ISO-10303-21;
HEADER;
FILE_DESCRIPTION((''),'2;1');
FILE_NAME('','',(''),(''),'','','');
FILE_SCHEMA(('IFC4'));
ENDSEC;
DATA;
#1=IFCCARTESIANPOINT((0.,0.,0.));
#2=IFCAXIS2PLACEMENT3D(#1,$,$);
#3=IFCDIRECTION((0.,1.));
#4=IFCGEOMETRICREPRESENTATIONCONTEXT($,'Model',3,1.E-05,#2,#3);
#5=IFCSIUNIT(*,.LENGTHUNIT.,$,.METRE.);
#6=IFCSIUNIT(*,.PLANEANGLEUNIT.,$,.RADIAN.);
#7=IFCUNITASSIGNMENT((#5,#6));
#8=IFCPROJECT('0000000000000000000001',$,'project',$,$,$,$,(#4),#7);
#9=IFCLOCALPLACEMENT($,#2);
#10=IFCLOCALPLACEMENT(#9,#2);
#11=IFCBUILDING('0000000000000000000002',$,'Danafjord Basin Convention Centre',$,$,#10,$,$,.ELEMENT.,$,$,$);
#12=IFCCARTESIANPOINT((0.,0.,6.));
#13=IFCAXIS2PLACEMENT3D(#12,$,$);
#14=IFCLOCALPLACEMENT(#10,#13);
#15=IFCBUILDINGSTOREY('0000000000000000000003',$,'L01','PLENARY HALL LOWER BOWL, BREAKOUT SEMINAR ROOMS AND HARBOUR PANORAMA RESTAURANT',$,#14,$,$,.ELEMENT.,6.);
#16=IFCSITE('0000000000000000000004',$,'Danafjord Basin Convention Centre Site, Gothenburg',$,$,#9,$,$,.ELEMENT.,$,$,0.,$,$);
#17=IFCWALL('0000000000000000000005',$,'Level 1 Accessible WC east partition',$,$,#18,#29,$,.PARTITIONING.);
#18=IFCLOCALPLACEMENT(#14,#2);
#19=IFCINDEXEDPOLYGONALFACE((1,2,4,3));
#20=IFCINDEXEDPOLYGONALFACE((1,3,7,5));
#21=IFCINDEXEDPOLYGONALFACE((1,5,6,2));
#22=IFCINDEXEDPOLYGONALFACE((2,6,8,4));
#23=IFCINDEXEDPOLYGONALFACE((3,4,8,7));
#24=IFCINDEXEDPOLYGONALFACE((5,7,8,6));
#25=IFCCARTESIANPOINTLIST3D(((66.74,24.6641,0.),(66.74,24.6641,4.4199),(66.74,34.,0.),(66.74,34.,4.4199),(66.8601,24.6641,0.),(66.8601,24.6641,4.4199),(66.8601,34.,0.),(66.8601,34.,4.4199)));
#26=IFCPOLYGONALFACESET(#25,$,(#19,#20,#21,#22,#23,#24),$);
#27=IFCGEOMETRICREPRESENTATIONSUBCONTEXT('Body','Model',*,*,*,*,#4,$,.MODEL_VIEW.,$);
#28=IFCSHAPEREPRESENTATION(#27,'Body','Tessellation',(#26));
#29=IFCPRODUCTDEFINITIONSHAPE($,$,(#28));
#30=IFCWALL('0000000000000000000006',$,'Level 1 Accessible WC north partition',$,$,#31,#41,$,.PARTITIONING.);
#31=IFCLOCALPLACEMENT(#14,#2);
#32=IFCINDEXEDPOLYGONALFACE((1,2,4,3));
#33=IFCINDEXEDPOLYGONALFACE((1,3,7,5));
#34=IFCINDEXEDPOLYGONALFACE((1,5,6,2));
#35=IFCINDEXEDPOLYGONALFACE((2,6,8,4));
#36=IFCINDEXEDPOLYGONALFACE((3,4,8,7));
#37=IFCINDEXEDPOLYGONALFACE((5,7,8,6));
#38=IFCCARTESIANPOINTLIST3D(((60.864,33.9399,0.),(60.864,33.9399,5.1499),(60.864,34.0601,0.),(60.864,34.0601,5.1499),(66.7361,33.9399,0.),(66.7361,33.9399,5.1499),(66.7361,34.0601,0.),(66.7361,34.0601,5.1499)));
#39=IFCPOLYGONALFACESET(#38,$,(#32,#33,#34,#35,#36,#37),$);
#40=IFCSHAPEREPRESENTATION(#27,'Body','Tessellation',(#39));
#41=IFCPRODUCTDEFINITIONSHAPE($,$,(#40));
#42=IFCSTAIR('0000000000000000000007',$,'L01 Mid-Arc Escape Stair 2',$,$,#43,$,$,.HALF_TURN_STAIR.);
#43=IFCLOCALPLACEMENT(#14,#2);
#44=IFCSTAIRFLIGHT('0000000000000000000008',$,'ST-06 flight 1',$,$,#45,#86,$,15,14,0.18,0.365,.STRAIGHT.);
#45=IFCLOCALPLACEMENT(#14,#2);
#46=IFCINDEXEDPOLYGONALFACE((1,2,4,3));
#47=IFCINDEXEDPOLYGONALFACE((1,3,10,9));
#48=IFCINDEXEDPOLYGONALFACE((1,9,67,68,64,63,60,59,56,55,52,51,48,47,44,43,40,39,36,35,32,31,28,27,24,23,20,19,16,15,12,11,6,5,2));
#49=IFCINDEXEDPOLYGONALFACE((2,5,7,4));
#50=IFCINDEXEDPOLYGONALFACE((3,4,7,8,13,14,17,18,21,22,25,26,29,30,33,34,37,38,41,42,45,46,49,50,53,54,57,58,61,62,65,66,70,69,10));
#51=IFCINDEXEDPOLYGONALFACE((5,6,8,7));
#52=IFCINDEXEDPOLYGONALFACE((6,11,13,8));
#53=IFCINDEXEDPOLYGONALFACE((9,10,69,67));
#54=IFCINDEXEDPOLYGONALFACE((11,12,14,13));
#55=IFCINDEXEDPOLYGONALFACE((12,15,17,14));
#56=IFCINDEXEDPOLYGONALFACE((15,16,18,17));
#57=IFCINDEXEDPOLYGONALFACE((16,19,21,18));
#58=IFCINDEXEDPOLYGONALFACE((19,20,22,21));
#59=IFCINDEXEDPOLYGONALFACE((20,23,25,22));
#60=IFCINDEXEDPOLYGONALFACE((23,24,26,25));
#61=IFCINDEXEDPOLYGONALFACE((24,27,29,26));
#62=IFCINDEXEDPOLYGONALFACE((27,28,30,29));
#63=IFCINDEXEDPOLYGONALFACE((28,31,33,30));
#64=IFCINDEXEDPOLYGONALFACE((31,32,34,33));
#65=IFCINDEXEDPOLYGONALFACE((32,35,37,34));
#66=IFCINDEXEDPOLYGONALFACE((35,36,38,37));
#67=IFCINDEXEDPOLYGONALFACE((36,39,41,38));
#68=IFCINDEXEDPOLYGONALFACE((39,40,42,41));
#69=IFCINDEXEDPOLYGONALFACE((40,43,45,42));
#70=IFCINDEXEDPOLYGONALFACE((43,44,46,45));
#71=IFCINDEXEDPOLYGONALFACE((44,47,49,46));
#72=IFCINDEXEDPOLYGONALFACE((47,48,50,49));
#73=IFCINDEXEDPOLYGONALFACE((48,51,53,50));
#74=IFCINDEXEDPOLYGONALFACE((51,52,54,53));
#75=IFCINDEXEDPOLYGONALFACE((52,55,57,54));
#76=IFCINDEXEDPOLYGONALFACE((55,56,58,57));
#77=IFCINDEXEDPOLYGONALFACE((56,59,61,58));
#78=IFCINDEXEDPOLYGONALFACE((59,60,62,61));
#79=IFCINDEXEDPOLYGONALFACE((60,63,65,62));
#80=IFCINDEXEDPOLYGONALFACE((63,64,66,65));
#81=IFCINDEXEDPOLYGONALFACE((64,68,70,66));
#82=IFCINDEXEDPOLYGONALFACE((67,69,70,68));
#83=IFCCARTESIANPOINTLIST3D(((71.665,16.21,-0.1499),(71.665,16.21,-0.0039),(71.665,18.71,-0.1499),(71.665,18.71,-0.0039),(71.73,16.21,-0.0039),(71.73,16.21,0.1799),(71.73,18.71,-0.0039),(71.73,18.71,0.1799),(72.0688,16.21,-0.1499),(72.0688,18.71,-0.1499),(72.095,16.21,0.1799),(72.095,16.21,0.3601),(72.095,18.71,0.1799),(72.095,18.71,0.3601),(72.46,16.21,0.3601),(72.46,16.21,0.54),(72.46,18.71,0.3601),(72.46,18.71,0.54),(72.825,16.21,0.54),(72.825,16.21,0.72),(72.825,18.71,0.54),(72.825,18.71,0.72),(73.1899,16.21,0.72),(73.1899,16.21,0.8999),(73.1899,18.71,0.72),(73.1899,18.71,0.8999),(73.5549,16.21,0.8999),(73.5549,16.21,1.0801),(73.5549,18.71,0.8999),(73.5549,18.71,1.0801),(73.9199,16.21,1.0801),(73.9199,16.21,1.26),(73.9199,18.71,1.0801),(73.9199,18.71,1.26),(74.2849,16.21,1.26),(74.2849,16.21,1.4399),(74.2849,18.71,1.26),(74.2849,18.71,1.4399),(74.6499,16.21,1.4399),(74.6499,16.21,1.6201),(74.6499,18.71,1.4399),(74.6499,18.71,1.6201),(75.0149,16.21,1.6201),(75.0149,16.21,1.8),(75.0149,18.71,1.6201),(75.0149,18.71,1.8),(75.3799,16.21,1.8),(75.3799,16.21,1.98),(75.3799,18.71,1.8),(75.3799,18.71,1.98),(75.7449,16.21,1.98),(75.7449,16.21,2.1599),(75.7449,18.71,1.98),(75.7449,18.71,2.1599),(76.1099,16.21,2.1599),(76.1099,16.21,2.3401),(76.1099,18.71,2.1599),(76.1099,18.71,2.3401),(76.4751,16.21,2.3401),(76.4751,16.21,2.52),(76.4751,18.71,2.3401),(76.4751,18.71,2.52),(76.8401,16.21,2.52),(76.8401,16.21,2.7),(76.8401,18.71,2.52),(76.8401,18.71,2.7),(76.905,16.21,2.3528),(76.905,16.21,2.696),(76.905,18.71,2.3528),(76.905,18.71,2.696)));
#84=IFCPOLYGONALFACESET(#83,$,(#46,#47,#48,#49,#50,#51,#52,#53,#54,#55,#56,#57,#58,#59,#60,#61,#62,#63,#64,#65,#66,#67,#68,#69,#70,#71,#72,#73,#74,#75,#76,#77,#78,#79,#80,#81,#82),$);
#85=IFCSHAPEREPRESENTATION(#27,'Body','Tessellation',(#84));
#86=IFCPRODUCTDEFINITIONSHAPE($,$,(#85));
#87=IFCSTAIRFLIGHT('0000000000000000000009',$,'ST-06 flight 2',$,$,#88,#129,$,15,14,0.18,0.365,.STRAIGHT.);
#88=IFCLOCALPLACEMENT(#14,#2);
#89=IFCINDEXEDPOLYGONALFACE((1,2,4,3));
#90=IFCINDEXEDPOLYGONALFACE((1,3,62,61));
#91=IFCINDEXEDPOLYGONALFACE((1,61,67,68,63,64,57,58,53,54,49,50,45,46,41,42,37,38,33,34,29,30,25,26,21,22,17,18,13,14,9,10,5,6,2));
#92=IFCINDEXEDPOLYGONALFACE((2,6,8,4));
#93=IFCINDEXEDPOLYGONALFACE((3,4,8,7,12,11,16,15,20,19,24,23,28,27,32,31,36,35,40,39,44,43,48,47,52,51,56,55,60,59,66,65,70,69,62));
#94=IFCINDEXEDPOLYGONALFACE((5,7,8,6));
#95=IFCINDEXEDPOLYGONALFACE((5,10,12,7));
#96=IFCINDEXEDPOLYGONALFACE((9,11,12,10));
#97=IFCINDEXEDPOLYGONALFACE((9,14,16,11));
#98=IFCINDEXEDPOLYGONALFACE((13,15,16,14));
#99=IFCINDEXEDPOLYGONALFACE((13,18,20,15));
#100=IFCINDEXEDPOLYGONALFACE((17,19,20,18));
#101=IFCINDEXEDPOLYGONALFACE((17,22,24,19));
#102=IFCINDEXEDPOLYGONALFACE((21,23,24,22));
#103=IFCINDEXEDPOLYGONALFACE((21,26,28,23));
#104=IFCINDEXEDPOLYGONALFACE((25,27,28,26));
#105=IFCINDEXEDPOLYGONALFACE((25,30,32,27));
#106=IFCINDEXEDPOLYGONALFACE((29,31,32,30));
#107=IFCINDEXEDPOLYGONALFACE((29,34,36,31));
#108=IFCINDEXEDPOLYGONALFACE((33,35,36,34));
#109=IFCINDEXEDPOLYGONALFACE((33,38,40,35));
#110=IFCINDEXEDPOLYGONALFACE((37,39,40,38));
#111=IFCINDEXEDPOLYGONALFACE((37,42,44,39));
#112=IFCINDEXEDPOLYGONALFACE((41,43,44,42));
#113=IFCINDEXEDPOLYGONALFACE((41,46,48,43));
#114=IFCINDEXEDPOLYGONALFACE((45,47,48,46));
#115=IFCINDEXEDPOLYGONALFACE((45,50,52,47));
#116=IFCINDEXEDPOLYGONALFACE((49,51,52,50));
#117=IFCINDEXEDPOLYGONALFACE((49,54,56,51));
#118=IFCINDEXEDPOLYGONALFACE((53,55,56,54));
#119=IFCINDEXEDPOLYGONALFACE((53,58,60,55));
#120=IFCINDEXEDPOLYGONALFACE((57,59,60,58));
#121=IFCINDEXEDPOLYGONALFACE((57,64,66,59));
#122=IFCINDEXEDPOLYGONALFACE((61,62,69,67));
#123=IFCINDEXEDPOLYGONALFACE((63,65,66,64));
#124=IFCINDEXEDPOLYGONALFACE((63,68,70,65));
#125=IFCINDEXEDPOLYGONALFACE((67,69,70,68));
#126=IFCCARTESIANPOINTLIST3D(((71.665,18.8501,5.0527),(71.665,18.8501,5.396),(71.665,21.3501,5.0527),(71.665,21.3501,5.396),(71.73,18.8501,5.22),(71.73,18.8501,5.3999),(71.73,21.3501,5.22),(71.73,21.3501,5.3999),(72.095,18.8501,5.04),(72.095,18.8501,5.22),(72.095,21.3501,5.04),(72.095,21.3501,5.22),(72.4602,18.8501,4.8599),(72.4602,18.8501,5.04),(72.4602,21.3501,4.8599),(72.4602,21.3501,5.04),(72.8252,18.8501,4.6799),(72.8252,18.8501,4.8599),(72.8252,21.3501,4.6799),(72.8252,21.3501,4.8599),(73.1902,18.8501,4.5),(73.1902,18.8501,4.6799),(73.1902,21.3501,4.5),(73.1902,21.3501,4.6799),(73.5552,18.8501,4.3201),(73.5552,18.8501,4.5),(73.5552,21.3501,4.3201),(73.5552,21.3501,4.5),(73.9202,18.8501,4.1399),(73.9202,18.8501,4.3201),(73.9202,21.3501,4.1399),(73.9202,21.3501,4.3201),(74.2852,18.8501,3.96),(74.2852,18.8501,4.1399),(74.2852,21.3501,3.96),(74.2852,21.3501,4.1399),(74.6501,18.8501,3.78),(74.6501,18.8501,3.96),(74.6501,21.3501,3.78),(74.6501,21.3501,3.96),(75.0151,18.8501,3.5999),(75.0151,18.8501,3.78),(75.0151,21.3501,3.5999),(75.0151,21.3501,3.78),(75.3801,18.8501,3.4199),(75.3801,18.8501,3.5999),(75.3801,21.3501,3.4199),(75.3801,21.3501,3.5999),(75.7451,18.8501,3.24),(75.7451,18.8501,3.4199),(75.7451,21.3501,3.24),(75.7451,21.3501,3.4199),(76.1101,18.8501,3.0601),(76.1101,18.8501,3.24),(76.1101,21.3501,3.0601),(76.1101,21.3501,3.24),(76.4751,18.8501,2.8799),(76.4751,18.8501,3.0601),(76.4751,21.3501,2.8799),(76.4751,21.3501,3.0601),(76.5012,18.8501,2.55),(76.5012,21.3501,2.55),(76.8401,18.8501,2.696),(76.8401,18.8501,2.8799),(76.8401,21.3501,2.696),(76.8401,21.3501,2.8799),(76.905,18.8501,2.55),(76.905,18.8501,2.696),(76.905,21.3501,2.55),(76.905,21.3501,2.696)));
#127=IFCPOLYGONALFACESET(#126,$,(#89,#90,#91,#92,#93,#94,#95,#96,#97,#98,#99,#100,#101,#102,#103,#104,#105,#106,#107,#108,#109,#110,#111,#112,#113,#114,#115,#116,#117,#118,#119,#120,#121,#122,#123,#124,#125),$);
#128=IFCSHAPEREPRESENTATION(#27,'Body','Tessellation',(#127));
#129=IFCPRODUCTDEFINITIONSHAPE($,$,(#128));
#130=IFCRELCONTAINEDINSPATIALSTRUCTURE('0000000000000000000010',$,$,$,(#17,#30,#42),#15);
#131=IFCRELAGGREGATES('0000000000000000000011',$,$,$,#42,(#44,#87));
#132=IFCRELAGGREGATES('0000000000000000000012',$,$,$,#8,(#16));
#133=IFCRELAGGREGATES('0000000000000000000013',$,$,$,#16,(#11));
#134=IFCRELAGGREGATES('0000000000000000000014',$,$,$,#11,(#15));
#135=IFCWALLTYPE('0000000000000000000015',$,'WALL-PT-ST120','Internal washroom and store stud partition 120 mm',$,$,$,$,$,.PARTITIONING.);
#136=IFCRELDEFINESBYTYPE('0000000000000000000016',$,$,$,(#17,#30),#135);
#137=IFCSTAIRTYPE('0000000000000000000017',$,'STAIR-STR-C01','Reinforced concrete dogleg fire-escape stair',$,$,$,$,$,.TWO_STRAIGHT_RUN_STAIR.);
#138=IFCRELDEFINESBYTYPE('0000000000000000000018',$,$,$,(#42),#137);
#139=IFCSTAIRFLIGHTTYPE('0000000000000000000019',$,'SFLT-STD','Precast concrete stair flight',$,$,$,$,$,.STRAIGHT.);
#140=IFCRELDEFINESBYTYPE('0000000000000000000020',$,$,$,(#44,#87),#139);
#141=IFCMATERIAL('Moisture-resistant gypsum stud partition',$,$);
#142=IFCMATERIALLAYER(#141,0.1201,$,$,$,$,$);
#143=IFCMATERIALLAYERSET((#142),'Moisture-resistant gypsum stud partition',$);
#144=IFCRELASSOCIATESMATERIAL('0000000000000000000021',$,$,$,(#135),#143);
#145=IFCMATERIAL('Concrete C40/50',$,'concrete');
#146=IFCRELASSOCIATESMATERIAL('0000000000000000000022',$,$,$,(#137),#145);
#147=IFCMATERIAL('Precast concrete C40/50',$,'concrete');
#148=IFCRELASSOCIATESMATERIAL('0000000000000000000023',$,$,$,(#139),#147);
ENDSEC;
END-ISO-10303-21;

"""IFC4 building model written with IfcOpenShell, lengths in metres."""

from ifc_helpers import new_model, si_unit, direction, frame, frame_2d, origin, place, context, subcontext, project, spatial, polyline, rectangle, outline, extrude, material, layer, layer_set, type_object, element, aggregate, save


model = new_model("IFC4")

# Units and contexts
model_context = context("Model", 3, precision=1e-05, world=origin(), true_north=direction((0.0, 1.0)))
body_context = subcontext(model_context, "Body", "Model", "MODEL_VIEW")
ifc_project = project(units=[si_unit("LENGTHUNIT", "METRE"), si_unit("PLANEANGLEUNIT", "RADIAN")], contexts=[model_context])

# Site, building, storey
site_placement = place(None, origin())
site = spatial("IfcSite", under=ifc_project, at=site_placement, Name="Danafjord Basin Convention Centre Site, Gothenburg", CompositionType="ELEMENT", RefElevation=0.0)
building_placement = place(site_placement, origin())
building = spatial("IfcBuilding", under=site, at=building_placement, Name="Danafjord Basin Convention Centre", CompositionType="ELEMENT")
storey_placement = place(building_placement, frame((0.0, 0.0, 6.0)))
storey = spatial("IfcBuildingStorey", under=building, at=storey_placement, Name="L01", Description="PLENARY HALL LOWER BOWL, BREAKOUT SEMINAR ROOMS AND HARBOUR PANORAMA RESTAURANT", CompositionType="ELEMENT", Elevation=6.0)

# Shared definitions
ifc_material_1 = material(Name="Moisture-resistant gypsum stud partition")
ifc_layer_1 = layer(ifc_material_1, 0.1201)
ifc_layer_set_1 = layer_set([ifc_layer_1], Name="Moisture-resistant gypsum stud partition")
wall_type_1 = type_object("IfcWallType", Name="WALL-PT-ST120", Description="Internal washroom and store stud partition 120 mm", PredefinedType="PARTITIONING", material=ifc_layer_set_1)

# Walls
wall_1_placement = place(storey_placement, frame((66.8, 24.6641, 0.0), z_axis=(0.0, 0.0, 1.0), x_axis=(0.0, 1.0, 0.0)))
element("IfcWall", 1, at=wall_1_placement, inside=storey, type_object=wall_type_1, Name="Level 1 Accessible WC east partition", PredefinedType="PARTITIONING", context=body_context, shape_type="SweptSolid", body=[
    extrude(rectangle(XDim=9.3359, YDim=0.1201, at=frame_2d((4.668, 0.0))), origin(), (0.0, 0.0, 1.0), 4.4199),
])
wall_2_placement = place(storey_placement, frame((66.7361, 34.0, 0.0), z_axis=(0.0, 0.0, 1.0), x_axis=(-1.0, 0.0, 0.0)))
element("IfcWall", 2, at=wall_2_placement, inside=storey, type_object=wall_type_1, Name="Level 1 Accessible WC north partition", PredefinedType="PARTITIONING", context=body_context, shape_type="SweptSolid", body=[
    extrude(rectangle(XDim=5.8721, YDim=0.1201, at=frame_2d((2.936, 0.0))), origin(), (0.0, 0.0, 1.0), 5.1499),
])

# Stair, stair flights
ifc_material_2 = material(Name="Concrete C40/50", Category="concrete")
stair_type = type_object("IfcStairType", Name="STAIR-STR-C01", Description="Reinforced concrete dogleg fire-escape stair", PredefinedType="TWO_STRAIGHT_RUN_STAIR", material=ifc_material_2)
stair_placement = place(storey_placement, origin())
stair = element("IfcStair", 3, at=stair_placement, inside=storey, type_object=stair_type, Name="L01 Mid-Arc Escape Stair 2", PredefinedType="HALF_TURN_STAIR")
ifc_material_3 = material(Name="Precast concrete C40/50", Category="concrete")
stair_flight_type = type_object("IfcStairFlightType", Name="SFLT-STD", Description="Precast concrete stair flight", PredefinedType="STRAIGHT", material=ifc_material_3)
stair_flight_1_placement = place(storey_placement, frame((71.73, 17.46, 0.0), z_axis=(0.0, 0.0, 1.0), x_axis=(1.0, 0.0, 0.0)))
stair_flight_1 = element("IfcStairFlight", 4, at=stair_flight_1_placement, type_object=stair_flight_type, Name="ST-06 flight 1", NumberOfRisers=15, NumberOfTreads=14, PredefinedType="STRAIGHT", RiserHeight=0.18, TreadLength=0.365, context=body_context, shape_type="SweptSolid", body=[
    extrude(outline(polyline([(-0.0649, -0.1499), (-0.0649, -0.0039), (0.0, -0.0039), (0.0, 0.1799), (0.365, 0.1799), (0.365, 0.3601), (0.73, 0.3601), (0.73, 0.54), (1.095, 0.54), (1.095, 0.72), (1.46, 0.72), (1.46, 0.8999), (1.825, 0.8999), (1.825, 1.0801), (2.1899, 1.0801), (2.1899, 1.26), (2.5549, 1.26), (2.5549, 1.4399), (2.9199, 1.4399), (2.9199, 1.6201), (3.2849, 1.6201), (3.2849, 1.8), (3.6499, 1.8), (3.6499, 1.98), (4.0149, 1.98), (4.0149, 2.1599), (4.3799, 2.1599), (4.3799, 2.3401), (4.7451, 2.3401), (4.7451, 2.52), (5.1101, 2.52), (5.1101, 2.7), (5.175, 2.696), (5.175, 2.3528), (0.3389, -0.1499), (-0.0649, -0.1499)])), frame((0.0, 1.25, 0.0), z_axis=(0.0, -1.0, 0.0), x_axis=(1.0, 0.0, 0.0)), (0.0, 0.0, 1.0), 2.5),
])
stair_flight_2_placement = place(storey_placement, frame((76.8401, 20.1001, 2.7), z_axis=(0.0, 0.0, 1.0), x_axis=(-1.0, 0.0, 0.0)))
stair_flight_2 = element("IfcStairFlight", 5, at=stair_flight_2_placement, type_object=stair_flight_type, Name="ST-06 flight 2", NumberOfRisers=15, NumberOfTreads=14, PredefinedType="STRAIGHT", RiserHeight=0.18, TreadLength=0.365, context=body_context, shape_type="SweptSolid", body=[
    extrude(outline(polyline([(-0.0649, -0.1499), (-0.0649, -0.0039), (0.0, -0.0039), (0.0, 0.1799), (0.365, 0.1799), (0.365, 0.3601), (0.73, 0.3601), (0.73, 0.54), (1.095, 0.54), (1.095, 0.72), (1.46, 0.72), (1.46, 0.8999), (1.825, 0.8999), (1.825, 1.0801), (2.1899, 1.0801), (2.1899, 1.26), (2.5549, 1.26), (2.5549, 1.4399), (2.9199, 1.4399), (2.9199, 1.6201), (3.2849, 1.6201), (3.2849, 1.8), (3.6499, 1.8), (3.6499, 1.98), (4.0149, 1.98), (4.0149, 2.1599), (4.3799, 2.1599), (4.3799, 2.3401), (4.7451, 2.3401), (4.7451, 2.52), (5.1101, 2.52), (5.1101, 2.7), (5.175, 2.696), (5.175, 2.3528), (0.3389, -0.1499), (-0.0649, -0.1499)])), frame((0.0, 1.25, 0.0), z_axis=(0.0, -1.0, 0.0), x_axis=(1.0, 0.0, 0.0)), (0.0, 0.0, 1.0), 2.5),
])
aggregate(stair, [stair_flight_1, stair_flight_2])

save(model, "model.ifc")
